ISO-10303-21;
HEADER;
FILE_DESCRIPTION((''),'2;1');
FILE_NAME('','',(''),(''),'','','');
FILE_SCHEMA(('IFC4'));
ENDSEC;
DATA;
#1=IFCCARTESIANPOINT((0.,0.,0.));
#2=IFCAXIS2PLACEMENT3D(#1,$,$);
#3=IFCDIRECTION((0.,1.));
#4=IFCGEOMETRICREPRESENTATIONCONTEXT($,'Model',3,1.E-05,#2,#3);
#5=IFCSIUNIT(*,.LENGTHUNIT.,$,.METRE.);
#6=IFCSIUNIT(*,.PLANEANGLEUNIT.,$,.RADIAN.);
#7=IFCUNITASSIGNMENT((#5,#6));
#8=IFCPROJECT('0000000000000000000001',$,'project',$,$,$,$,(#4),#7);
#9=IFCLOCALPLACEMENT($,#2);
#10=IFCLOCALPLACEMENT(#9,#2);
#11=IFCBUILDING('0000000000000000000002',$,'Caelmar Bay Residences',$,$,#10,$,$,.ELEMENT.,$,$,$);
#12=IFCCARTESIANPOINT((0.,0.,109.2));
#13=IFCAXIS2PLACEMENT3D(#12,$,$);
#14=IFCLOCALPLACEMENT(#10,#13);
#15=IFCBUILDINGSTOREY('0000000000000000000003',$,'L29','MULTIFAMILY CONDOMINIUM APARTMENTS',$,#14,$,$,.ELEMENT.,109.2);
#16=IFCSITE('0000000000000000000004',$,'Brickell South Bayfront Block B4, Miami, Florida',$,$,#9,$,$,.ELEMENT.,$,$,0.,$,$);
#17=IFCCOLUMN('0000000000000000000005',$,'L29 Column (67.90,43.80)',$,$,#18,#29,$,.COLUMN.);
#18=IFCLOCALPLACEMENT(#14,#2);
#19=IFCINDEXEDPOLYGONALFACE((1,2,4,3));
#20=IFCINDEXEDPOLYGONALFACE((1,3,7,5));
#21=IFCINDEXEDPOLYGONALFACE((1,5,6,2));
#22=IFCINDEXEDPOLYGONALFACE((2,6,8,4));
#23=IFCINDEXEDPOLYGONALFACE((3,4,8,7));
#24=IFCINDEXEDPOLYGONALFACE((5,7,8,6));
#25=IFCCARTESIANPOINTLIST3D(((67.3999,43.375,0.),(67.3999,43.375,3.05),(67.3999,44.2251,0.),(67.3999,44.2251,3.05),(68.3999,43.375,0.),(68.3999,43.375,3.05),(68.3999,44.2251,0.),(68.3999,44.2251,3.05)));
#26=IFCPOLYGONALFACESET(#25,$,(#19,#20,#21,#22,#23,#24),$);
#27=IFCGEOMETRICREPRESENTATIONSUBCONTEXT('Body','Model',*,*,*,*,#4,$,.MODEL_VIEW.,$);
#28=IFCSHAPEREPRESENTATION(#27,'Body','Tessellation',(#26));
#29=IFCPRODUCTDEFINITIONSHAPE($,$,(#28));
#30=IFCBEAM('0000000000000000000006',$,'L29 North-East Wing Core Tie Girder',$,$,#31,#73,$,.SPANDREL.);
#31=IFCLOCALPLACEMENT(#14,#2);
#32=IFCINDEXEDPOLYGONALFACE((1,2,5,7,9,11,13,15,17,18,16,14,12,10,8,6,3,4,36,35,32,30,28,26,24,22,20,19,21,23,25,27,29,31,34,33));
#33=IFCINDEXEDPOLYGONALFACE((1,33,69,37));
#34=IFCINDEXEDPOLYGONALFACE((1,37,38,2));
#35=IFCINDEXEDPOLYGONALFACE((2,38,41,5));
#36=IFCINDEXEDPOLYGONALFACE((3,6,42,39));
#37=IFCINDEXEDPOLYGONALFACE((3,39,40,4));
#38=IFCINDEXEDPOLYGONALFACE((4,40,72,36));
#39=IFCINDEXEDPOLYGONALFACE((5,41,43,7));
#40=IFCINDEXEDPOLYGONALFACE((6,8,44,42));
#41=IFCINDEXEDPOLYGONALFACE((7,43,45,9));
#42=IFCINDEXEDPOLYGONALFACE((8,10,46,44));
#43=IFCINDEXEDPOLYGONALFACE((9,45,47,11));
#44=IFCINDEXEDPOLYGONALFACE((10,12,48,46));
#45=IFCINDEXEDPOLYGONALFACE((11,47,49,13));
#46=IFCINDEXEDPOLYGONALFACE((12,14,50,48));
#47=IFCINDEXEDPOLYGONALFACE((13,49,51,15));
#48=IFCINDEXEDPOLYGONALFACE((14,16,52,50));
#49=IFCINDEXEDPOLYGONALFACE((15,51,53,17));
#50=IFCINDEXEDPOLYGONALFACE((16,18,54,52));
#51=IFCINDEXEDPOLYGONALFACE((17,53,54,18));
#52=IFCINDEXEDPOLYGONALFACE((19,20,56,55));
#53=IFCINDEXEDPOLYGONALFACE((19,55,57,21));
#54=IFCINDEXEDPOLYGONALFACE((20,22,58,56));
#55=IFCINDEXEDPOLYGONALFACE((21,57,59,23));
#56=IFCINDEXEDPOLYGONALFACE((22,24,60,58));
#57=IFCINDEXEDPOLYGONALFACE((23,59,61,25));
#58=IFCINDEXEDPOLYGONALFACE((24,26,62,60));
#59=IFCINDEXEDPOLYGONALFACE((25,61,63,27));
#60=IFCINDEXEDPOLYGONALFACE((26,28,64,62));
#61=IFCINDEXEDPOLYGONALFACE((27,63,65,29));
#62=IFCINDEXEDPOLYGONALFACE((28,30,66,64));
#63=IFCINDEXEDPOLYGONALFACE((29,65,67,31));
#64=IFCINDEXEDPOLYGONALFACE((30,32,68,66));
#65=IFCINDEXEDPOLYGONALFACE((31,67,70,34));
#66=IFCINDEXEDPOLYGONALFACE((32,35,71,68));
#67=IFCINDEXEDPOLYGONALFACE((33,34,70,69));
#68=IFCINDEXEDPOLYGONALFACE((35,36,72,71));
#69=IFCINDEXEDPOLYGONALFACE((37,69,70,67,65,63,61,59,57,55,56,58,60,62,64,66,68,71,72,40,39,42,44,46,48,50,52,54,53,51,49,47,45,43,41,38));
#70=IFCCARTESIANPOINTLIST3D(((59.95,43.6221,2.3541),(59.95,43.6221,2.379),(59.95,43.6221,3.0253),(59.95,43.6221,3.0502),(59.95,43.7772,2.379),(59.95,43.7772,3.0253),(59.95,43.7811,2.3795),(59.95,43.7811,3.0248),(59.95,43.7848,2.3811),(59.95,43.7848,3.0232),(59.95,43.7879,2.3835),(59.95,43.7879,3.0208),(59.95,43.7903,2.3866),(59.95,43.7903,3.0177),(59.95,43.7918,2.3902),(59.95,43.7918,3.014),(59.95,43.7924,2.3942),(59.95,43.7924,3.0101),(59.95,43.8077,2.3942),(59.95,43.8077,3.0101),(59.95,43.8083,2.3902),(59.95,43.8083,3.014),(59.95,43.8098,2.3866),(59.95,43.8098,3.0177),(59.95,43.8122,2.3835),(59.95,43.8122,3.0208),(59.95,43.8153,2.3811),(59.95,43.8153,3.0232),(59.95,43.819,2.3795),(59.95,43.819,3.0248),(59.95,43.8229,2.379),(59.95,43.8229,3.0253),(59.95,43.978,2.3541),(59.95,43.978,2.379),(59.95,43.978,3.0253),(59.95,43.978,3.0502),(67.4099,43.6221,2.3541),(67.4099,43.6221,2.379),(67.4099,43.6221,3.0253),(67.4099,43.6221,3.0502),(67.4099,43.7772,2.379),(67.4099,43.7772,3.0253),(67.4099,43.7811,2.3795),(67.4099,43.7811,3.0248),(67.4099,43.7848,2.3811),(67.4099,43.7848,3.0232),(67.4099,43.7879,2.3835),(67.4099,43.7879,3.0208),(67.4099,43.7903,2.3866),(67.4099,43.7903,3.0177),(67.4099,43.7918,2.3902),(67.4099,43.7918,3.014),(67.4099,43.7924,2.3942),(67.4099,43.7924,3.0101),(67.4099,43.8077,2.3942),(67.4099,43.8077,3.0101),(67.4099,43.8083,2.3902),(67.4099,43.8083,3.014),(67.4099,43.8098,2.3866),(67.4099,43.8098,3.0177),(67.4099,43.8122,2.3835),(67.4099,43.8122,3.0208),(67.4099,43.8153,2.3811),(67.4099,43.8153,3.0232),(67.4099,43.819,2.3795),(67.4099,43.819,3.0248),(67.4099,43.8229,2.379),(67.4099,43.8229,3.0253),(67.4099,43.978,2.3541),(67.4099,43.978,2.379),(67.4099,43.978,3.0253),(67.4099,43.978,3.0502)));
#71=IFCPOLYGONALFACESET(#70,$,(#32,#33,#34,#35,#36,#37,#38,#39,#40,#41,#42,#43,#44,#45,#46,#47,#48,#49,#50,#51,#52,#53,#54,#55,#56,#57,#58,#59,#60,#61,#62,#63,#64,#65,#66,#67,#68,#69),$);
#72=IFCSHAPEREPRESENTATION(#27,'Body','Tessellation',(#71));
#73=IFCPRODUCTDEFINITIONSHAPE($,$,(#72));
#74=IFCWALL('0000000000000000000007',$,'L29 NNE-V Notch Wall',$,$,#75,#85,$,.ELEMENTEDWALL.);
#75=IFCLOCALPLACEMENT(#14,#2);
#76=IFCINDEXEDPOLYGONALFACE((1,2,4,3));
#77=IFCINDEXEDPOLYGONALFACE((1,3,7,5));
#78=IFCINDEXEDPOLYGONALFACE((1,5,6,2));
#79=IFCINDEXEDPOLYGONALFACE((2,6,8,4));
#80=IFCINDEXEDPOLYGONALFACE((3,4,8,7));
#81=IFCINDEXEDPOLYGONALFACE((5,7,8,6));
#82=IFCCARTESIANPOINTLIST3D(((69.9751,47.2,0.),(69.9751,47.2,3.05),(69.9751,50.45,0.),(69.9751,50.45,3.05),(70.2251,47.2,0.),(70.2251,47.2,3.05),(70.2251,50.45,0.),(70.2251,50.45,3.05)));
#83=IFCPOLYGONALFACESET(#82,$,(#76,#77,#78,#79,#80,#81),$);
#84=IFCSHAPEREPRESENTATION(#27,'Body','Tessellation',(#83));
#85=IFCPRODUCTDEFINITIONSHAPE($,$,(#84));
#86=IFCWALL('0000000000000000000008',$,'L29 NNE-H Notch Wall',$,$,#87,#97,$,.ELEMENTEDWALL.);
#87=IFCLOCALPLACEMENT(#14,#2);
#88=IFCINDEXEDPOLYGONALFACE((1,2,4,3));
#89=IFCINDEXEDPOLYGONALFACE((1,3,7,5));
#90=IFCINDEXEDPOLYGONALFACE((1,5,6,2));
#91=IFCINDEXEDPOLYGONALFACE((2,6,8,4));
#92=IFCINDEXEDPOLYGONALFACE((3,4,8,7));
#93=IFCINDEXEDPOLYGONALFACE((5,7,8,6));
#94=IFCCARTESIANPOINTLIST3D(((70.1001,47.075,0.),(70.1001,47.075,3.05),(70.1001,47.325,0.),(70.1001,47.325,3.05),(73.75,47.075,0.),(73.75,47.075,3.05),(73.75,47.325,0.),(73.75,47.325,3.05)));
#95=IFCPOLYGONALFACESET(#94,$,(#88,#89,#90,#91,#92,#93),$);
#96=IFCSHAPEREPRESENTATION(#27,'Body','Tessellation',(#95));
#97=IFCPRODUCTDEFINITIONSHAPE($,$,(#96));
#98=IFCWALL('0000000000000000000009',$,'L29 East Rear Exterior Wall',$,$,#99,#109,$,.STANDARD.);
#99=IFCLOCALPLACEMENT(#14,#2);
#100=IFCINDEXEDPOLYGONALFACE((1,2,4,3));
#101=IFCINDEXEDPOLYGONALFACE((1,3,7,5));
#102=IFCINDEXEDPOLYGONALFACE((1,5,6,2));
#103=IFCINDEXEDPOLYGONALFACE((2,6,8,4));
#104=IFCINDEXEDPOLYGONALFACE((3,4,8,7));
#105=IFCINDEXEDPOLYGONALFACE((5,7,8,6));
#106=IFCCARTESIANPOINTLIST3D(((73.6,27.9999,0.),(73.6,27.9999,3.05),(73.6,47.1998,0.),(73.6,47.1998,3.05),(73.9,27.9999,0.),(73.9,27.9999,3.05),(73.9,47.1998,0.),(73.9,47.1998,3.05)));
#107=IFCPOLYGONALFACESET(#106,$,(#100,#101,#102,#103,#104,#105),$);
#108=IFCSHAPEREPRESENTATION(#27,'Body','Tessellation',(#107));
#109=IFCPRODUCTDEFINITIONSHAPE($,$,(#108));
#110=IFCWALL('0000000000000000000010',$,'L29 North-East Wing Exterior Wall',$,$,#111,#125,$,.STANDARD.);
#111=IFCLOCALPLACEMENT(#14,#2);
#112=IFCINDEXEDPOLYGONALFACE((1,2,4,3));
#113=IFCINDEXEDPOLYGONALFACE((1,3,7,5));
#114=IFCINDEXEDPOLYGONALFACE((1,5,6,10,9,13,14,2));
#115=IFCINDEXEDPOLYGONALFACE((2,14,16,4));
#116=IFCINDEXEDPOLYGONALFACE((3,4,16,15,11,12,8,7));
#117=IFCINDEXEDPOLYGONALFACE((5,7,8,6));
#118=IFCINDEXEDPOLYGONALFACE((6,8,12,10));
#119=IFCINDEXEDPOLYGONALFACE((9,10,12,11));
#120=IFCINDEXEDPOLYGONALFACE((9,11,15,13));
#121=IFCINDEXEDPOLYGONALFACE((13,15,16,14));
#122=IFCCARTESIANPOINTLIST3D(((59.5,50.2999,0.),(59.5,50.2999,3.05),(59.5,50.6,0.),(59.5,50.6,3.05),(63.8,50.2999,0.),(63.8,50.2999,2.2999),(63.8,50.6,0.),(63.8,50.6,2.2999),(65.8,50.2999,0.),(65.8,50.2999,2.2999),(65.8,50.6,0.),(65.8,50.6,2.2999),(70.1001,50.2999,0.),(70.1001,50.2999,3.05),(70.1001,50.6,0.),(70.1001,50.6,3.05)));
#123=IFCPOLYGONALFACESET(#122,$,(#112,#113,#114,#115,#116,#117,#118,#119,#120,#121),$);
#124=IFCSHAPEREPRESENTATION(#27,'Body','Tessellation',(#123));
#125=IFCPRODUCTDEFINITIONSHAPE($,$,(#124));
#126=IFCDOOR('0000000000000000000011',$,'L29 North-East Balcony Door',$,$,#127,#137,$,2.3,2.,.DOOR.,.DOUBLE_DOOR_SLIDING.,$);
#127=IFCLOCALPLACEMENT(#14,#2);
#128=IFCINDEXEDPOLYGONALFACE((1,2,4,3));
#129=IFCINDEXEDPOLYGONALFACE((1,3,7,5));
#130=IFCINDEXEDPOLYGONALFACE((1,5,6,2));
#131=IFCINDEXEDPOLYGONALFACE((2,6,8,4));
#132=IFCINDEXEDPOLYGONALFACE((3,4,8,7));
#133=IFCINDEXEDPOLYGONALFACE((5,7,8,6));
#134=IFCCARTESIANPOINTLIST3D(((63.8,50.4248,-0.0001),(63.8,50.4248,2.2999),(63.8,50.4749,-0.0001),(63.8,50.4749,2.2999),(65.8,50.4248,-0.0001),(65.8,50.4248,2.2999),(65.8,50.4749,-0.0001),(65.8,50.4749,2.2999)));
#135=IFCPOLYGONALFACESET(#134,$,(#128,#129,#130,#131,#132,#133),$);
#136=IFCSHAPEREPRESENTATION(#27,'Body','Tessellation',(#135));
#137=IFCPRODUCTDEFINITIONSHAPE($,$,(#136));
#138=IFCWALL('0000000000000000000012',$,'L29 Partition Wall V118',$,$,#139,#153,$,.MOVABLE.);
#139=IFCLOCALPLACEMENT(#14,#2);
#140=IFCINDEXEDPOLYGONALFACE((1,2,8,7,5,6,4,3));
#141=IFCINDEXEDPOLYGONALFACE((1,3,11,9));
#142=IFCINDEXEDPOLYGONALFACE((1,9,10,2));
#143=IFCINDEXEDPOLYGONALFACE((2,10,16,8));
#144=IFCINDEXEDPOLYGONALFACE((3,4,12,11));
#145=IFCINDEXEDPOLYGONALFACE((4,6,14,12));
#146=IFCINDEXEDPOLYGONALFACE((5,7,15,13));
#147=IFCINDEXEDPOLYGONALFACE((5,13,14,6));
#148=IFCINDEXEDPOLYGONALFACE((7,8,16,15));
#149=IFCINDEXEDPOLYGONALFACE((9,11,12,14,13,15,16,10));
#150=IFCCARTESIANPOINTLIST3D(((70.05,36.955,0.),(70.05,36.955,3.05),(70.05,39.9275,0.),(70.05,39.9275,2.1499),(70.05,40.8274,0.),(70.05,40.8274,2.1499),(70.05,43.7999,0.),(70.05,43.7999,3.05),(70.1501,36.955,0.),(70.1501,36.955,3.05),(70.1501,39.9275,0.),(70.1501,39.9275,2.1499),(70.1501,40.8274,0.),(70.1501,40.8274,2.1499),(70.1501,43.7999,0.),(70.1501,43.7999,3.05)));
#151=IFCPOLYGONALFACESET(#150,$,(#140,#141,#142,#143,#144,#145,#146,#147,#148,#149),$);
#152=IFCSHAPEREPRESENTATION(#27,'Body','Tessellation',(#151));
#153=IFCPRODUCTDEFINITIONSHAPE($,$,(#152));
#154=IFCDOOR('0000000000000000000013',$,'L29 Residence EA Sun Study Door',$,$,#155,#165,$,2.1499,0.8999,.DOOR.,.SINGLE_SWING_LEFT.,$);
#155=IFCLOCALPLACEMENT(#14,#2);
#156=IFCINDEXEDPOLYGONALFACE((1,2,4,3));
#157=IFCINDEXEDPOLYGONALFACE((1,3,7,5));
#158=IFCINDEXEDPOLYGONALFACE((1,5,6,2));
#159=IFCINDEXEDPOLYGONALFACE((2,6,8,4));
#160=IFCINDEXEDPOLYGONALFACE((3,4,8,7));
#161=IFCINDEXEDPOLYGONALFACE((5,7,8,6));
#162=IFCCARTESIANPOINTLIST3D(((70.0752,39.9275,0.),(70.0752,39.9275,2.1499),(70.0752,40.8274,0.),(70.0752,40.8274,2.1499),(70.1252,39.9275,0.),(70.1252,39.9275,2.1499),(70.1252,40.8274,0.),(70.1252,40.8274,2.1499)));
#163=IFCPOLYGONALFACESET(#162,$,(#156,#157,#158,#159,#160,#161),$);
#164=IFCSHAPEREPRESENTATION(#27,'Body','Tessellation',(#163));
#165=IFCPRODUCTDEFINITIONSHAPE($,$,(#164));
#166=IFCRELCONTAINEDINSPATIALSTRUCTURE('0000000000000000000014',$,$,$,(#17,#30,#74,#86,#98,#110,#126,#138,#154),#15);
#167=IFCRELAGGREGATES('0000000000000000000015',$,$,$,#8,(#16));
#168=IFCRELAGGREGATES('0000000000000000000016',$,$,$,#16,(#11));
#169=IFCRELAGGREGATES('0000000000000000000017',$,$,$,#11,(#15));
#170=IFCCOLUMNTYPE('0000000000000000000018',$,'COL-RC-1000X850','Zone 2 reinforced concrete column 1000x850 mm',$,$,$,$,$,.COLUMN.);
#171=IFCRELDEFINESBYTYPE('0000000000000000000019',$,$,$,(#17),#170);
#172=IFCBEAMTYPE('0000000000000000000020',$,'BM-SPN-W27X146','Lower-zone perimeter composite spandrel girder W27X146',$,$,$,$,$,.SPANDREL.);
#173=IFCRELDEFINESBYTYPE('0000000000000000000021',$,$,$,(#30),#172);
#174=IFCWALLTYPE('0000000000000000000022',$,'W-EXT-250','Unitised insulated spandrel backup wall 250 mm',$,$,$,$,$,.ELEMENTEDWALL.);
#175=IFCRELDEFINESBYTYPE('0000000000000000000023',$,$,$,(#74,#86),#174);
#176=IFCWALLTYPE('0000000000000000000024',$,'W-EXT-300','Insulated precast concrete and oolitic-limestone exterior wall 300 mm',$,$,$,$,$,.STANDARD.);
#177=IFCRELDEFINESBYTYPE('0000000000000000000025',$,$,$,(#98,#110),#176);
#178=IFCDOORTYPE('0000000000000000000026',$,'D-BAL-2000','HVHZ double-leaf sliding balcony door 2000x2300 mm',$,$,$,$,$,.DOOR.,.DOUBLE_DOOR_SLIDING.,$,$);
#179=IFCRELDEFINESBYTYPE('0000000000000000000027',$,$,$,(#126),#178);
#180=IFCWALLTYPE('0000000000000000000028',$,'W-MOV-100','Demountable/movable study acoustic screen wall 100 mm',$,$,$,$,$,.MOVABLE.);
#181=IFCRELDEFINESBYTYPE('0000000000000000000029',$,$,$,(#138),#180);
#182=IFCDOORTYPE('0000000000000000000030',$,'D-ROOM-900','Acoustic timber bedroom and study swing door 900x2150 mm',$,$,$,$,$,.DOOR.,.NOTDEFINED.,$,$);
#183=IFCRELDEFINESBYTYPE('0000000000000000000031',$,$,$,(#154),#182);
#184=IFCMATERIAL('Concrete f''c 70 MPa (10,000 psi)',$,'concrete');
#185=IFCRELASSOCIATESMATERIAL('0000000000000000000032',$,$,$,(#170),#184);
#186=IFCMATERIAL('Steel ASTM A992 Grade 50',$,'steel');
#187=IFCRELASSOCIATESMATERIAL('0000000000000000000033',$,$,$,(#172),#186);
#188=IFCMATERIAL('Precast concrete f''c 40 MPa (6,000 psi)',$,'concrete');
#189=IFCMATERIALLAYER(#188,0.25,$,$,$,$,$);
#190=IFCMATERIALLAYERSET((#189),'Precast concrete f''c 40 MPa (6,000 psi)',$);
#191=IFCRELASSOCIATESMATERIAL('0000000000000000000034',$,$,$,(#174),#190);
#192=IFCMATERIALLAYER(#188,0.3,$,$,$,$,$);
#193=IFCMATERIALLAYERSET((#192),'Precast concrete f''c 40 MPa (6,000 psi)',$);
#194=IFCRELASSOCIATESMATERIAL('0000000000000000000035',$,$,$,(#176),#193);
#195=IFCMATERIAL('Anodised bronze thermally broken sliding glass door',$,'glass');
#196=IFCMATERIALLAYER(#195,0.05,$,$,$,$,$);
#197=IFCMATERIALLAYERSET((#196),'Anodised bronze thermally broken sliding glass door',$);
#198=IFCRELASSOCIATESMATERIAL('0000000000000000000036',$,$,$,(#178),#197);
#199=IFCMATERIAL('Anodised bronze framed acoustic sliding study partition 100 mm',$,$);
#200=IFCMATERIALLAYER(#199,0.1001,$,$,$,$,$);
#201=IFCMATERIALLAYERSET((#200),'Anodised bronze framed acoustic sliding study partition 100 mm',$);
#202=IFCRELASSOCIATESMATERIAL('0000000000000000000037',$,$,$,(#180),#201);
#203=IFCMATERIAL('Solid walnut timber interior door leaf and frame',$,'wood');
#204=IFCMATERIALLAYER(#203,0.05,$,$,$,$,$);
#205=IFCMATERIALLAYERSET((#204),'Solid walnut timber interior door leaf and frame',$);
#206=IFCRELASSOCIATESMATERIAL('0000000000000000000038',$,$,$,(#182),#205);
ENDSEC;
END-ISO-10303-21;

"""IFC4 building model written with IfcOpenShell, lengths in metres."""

from ifc_helpers import new_model, si_unit, direction, frame, frame_2d, origin, origin_2d, place, context, subcontext, project, spatial, rectangle, i_section, extrude, material, layer, layer_set, material_profile, profile_set, type_object, element, fill, save


model = new_model("IFC4")

# Units and contexts
model_context = context("Model", 3, precision=1e-05, world=origin(), true_north=direction((0.0, 1.0)))
body_context = subcontext(model_context, "Body", "Model", "MODEL_VIEW")
ifc_project = project(units=[si_unit("LENGTHUNIT", "METRE"), si_unit("PLANEANGLEUNIT", "RADIAN")], contexts=[model_context])

# Site, building, storey
site_placement = place(None, origin())
site = spatial("IfcSite", under=ifc_project, at=site_placement, Name="Brickell South Bayfront Block B4, Miami, Florida", CompositionType="ELEMENT", RefElevation=0.0)
building_placement = place(site_placement, origin())
building = spatial("IfcBuilding", under=site, at=building_placement, Name="Caelmar Bay Residences", CompositionType="ELEMENT")
storey_placement = place(building_placement, frame((0.0, 0.0, 109.2)))
storey = spatial("IfcBuildingStorey", under=building, at=storey_placement, Name="L29", Description="MULTIFAMILY CONDOMINIUM APARTMENTS", CompositionType="ELEMENT", Elevation=109.2)

# Column
ifc_material_1 = material(Name="Concrete f'c 70 MPa (10,000 psi)", Category="concrete")
ifc_material_profile_1 = material_profile(ifc_material_1, rectangle(XDim=1.0, YDim=0.8501, at=origin_2d()), Name="RC-COL-1000X850")
ifc_profile_set_1 = profile_set([ifc_material_profile_1], Name="Concrete f'c 70 MPa (10,000 psi)")
column_type = type_object("IfcColumnType", Name="COL-RC-1000X850", Description="Zone 2 reinforced concrete column 1000x850 mm", PredefinedType="COLUMN", material=ifc_profile_set_1)
column_placement = place(storey_placement, frame((67.8999, 43.8, 0.0), z_axis=(0.0, 0.0, 1.0), x_axis=(1.0, 0.0, 0.0)))
element("IfcColumn", 1, at=column_placement, inside=storey, type_object=column_type, Name="L29 Column (67.90,43.80)", PredefinedType="COLUMN", context=body_context, shape_type="SweptSolid", body=[
    extrude(rectangle(XDim=1.0, YDim=0.8501, at=origin_2d()), origin(), (0.0, 0.0, 1.0), 3.05),
])

# Beam
ifc_material_2 = material(Name="Steel ASTM A992 Grade 50", Category="steel")
ifc_material_profile_2 = material_profile(ifc_material_2, i_section(OverallWidth=0.356, OverallDepth=0.696, WebThickness=0.0154, FlangeThickness=0.0249, FilletRadius=0.0151, at=origin_2d()), Name="W27X146")
ifc_profile_set_2 = profile_set([ifc_material_profile_2], Name="Steel ASTM A992 Grade 50")
beam_type = type_object("IfcBeamType", Name="BM-SPN-W27X146", Description="Lower-zone perimeter composite spandrel girder W27X146", PredefinedType="SPANDREL", material=ifc_profile_set_2)
beam_placement = place(storey_placement, frame((59.95, 43.8, 2.7021), z_axis=(1.0, 0.0, 0.0), x_axis=(0.0, 1.0, 0.0)))
element("IfcBeam", 2, at=beam_placement, inside=storey, type_object=beam_type, Name="L29 North-East Wing Core Tie Girder", PredefinedType="SPANDREL", context=body_context, shape_type="SweptSolid", body=[
    extrude(i_section(OverallWidth=0.356, OverallDepth=0.696, WebThickness=0.0154, FlangeThickness=0.0249, FilletRadius=0.0151, at=origin_2d()), origin(), (0.0, 0.0, 1.0), 7.46),
])

# Walls
ifc_material_3 = material(Name="Precast concrete f'c 40 MPa (6,000 psi)", Category="concrete")
ifc_layer_1 = layer(ifc_material_3, 0.25)
ifc_layer_set_1 = layer_set([ifc_layer_1], Name="Precast concrete f'c 40 MPa (6,000 psi)")
wall_type_1 = type_object("IfcWallType", Name="W-EXT-250", Description="Unitised insulated spandrel backup wall 250 mm", PredefinedType="ELEMENTEDWALL", material=ifc_layer_set_1)
wall_1_placement = place(storey_placement, frame((70.1001, 50.45, 0.0), z_axis=(0.0, 0.0, 1.0), x_axis=(0.0, -1.0, 0.0)))
element("IfcWall", 3, at=wall_1_placement, inside=storey, type_object=wall_type_1, Name="L29 NNE-V Notch Wall", PredefinedType="ELEMENTEDWALL", context=body_context, shape_type="SweptSolid", body=[
    extrude(rectangle(XDim=3.25, YDim=0.25, at=frame_2d((1.625, 0.0))), origin(), (0.0, 0.0, 1.0), 3.05),
])
wall_2_placement = place(storey_placement, frame((70.1001, 47.2, 0.0), z_axis=(0.0, 0.0, 1.0), x_axis=(1.0, 0.0, 0.0)))
element("IfcWall", 4, at=wall_2_placement, inside=storey, type_object=wall_type_1, Name="L29 NNE-H Notch Wall", PredefinedType="ELEMENTEDWALL", context=body_context, shape_type="SweptSolid", body=[
    extrude(rectangle(XDim=3.6499, YDim=0.25, at=frame_2d((1.825, 0.0))), origin(), (0.0, 0.0, 1.0), 3.05),
])
ifc_layer_2 = layer(ifc_material_3, 0.3)
ifc_layer_set_2 = layer_set([ifc_layer_2], Name="Precast concrete f'c 40 MPa (6,000 psi)")
wall_type_2 = type_object("IfcWallType", Name="W-EXT-300", Description="Insulated precast concrete and oolitic-limestone exterior wall 300 mm", PredefinedType="STANDARD", material=ifc_layer_set_2)
wall_3_placement = place(storey_placement, frame((73.75, 47.2, 0.0), z_axis=(0.0, 0.0, 1.0), x_axis=(0.0, -1.0, 0.0)))
element("IfcWall", 5, at=wall_3_placement, inside=storey, type_object=wall_type_2, Name="L29 East Rear Exterior Wall", PredefinedType="STANDARD", context=body_context, shape_type="SweptSolid", body=[
    extrude(rectangle(XDim=19.2, YDim=0.3, at=frame_2d((9.6001, 0.0))), origin(), (0.0, 0.0, 1.0), 3.05),
])

# Walls, openings, doors
wall_4_placement = place(storey_placement, frame((59.5, 50.45, 0.0), z_axis=(0.0, 0.0, 1.0), x_axis=(1.0, 0.0, 0.0)))
wall_4 = element("IfcWall", 6, at=wall_4_placement, inside=storey, type_object=wall_type_2, Name="L29 North-East Wing Exterior Wall", PredefinedType="STANDARD", context=body_context, shape_type="SweptSolid", body=[
    extrude(rectangle(XDim=10.6001, YDim=0.3, at=frame_2d((5.3, 0.0))), origin(), (0.0, 0.0, 1.0), 3.05),
])
opening_1_placement = place(wall_4_placement, frame((4.3, 0.0, 0.0)))
opening_1 = element("IfcOpeningElement", 7, at=opening_1_placement, cuts=wall_4, PredefinedType="OPENING", context=body_context, shape_type="SweptSolid", body=[
    extrude(rectangle(XDim=2.0, YDim=2.3, at=frame_2d((1.0, 1.1499))), frame((0.0, 0.1599, 0.0), z_axis=(0.0, -1.0, 0.0), x_axis=(1.0, 0.0, 0.0)), (0.0, 0.0, 1.0), 0.3201),
])
ifc_material_4 = material(Name="Anodised bronze thermally broken sliding glass door", Category="glass")
ifc_layer_3 = layer(ifc_material_4, 0.05)
ifc_layer_set_3 = layer_set([ifc_layer_3], Name="Anodised bronze thermally broken sliding glass door")
door_type_1 = type_object("IfcDoorType", Name="D-BAL-2000", Description="HVHZ double-leaf sliding balcony door 2000x2300 mm", OperationType="DOUBLE_DOOR_SLIDING", PredefinedType="DOOR", material=ifc_layer_set_3)
door_1_placement = place(opening_1_placement, origin())
door_1 = element("IfcDoor", 8, at=door_1_placement, inside=storey, type_object=door_type_1, Name="L29 North-East Balcony Door", OperationType="DOUBLE_DOOR_SLIDING", OverallHeight=2.3, OverallWidth=2.0, PredefinedType="DOOR", context=body_context, shape_type="SweptSolid", body=[
    extrude(rectangle(XDim=2.0, YDim=2.3, at=frame_2d((1.0, 1.1499))), frame((0.0, 0.0249, 0.0), z_axis=(0.0, -1.0, 0.0), x_axis=(1.0, 0.0, 0.0)), (0.0, 0.0, 1.0), 0.05),
])
fill(opening_1, door_1)
ifc_material_5 = material(Name="Anodised bronze framed acoustic sliding study partition 100 mm")
ifc_layer_4 = layer(ifc_material_5, 0.1001)
ifc_layer_set_4 = layer_set([ifc_layer_4], Name="Anodised bronze framed acoustic sliding study partition 100 mm")
wall_type_3 = type_object("IfcWallType", Name="W-MOV-100", Description="Demountable/movable study acoustic screen wall 100 mm", PredefinedType="MOVABLE", material=ifc_layer_set_4)
wall_5_placement = place(storey_placement, frame((70.1001, 36.9551, 0.0), z_axis=(0.0, 0.0, 1.0), x_axis=(0.0, 1.0, 0.0)))
wall_5 = element("IfcWall", 9, at=wall_5_placement, inside=storey, type_object=wall_type_3, Name="L29 Partition Wall V118", PredefinedType="MOVABLE", context=body_context, shape_type="SweptSolid", body=[
    extrude(rectangle(XDim=6.845, YDim=0.1001, at=frame_2d((3.4224, 0.0))), origin(), (0.0, 0.0, 1.0), 3.05),
])
opening_2_placement = place(wall_5_placement, frame((2.9724, 0.0, 0.0)))
opening_2 = element("IfcOpeningElement", 10, at=opening_2_placement, cuts=wall_5, PredefinedType="OPENING", context=body_context, shape_type="SweptSolid", body=[
    extrude(rectangle(XDim=0.8999, YDim=2.1499, at=frame_2d((0.45, 1.075))), frame((0.0, 0.0601, 0.0), z_axis=(0.0, -1.0, 0.0), x_axis=(1.0, 0.0, 0.0)), (0.0, 0.0, 1.0), 0.1201),
])
ifc_material_6 = material(Name="Solid walnut timber interior door leaf and frame", Category="wood")
ifc_layer_5 = layer(ifc_material_6, 0.05)
ifc_layer_set_5 = layer_set([ifc_layer_5], Name="Solid walnut timber interior door leaf and frame")
door_type_2 = type_object("IfcDoorType", Name="D-ROOM-900", Description="Acoustic timber bedroom and study swing door 900x2150 mm", OperationType="NOTDEFINED", PredefinedType="DOOR", material=ifc_layer_set_5)
door_2_placement = place(opening_2_placement, origin())
door_2 = element("IfcDoor", 11, at=door_2_placement, inside=storey, type_object=door_type_2, Name="L29 Residence EA Sun Study Door", OperationType="SINGLE_SWING_LEFT", OverallHeight=2.1499, OverallWidth=0.8999, PredefinedType="DOOR", context=body_context, shape_type="SweptSolid", body=[
    extrude(rectangle(XDim=0.8999, YDim=2.1499, at=frame_2d((0.45, 1.075))), frame((0.0, 0.0249, 0.0), z_axis=(0.0, -1.0, 0.0), x_axis=(1.0, 0.0, 0.0)), (0.0, 0.0, 1.0), 0.05),
])
fill(opening_2, door_2)

save(model, "model.ifc")
